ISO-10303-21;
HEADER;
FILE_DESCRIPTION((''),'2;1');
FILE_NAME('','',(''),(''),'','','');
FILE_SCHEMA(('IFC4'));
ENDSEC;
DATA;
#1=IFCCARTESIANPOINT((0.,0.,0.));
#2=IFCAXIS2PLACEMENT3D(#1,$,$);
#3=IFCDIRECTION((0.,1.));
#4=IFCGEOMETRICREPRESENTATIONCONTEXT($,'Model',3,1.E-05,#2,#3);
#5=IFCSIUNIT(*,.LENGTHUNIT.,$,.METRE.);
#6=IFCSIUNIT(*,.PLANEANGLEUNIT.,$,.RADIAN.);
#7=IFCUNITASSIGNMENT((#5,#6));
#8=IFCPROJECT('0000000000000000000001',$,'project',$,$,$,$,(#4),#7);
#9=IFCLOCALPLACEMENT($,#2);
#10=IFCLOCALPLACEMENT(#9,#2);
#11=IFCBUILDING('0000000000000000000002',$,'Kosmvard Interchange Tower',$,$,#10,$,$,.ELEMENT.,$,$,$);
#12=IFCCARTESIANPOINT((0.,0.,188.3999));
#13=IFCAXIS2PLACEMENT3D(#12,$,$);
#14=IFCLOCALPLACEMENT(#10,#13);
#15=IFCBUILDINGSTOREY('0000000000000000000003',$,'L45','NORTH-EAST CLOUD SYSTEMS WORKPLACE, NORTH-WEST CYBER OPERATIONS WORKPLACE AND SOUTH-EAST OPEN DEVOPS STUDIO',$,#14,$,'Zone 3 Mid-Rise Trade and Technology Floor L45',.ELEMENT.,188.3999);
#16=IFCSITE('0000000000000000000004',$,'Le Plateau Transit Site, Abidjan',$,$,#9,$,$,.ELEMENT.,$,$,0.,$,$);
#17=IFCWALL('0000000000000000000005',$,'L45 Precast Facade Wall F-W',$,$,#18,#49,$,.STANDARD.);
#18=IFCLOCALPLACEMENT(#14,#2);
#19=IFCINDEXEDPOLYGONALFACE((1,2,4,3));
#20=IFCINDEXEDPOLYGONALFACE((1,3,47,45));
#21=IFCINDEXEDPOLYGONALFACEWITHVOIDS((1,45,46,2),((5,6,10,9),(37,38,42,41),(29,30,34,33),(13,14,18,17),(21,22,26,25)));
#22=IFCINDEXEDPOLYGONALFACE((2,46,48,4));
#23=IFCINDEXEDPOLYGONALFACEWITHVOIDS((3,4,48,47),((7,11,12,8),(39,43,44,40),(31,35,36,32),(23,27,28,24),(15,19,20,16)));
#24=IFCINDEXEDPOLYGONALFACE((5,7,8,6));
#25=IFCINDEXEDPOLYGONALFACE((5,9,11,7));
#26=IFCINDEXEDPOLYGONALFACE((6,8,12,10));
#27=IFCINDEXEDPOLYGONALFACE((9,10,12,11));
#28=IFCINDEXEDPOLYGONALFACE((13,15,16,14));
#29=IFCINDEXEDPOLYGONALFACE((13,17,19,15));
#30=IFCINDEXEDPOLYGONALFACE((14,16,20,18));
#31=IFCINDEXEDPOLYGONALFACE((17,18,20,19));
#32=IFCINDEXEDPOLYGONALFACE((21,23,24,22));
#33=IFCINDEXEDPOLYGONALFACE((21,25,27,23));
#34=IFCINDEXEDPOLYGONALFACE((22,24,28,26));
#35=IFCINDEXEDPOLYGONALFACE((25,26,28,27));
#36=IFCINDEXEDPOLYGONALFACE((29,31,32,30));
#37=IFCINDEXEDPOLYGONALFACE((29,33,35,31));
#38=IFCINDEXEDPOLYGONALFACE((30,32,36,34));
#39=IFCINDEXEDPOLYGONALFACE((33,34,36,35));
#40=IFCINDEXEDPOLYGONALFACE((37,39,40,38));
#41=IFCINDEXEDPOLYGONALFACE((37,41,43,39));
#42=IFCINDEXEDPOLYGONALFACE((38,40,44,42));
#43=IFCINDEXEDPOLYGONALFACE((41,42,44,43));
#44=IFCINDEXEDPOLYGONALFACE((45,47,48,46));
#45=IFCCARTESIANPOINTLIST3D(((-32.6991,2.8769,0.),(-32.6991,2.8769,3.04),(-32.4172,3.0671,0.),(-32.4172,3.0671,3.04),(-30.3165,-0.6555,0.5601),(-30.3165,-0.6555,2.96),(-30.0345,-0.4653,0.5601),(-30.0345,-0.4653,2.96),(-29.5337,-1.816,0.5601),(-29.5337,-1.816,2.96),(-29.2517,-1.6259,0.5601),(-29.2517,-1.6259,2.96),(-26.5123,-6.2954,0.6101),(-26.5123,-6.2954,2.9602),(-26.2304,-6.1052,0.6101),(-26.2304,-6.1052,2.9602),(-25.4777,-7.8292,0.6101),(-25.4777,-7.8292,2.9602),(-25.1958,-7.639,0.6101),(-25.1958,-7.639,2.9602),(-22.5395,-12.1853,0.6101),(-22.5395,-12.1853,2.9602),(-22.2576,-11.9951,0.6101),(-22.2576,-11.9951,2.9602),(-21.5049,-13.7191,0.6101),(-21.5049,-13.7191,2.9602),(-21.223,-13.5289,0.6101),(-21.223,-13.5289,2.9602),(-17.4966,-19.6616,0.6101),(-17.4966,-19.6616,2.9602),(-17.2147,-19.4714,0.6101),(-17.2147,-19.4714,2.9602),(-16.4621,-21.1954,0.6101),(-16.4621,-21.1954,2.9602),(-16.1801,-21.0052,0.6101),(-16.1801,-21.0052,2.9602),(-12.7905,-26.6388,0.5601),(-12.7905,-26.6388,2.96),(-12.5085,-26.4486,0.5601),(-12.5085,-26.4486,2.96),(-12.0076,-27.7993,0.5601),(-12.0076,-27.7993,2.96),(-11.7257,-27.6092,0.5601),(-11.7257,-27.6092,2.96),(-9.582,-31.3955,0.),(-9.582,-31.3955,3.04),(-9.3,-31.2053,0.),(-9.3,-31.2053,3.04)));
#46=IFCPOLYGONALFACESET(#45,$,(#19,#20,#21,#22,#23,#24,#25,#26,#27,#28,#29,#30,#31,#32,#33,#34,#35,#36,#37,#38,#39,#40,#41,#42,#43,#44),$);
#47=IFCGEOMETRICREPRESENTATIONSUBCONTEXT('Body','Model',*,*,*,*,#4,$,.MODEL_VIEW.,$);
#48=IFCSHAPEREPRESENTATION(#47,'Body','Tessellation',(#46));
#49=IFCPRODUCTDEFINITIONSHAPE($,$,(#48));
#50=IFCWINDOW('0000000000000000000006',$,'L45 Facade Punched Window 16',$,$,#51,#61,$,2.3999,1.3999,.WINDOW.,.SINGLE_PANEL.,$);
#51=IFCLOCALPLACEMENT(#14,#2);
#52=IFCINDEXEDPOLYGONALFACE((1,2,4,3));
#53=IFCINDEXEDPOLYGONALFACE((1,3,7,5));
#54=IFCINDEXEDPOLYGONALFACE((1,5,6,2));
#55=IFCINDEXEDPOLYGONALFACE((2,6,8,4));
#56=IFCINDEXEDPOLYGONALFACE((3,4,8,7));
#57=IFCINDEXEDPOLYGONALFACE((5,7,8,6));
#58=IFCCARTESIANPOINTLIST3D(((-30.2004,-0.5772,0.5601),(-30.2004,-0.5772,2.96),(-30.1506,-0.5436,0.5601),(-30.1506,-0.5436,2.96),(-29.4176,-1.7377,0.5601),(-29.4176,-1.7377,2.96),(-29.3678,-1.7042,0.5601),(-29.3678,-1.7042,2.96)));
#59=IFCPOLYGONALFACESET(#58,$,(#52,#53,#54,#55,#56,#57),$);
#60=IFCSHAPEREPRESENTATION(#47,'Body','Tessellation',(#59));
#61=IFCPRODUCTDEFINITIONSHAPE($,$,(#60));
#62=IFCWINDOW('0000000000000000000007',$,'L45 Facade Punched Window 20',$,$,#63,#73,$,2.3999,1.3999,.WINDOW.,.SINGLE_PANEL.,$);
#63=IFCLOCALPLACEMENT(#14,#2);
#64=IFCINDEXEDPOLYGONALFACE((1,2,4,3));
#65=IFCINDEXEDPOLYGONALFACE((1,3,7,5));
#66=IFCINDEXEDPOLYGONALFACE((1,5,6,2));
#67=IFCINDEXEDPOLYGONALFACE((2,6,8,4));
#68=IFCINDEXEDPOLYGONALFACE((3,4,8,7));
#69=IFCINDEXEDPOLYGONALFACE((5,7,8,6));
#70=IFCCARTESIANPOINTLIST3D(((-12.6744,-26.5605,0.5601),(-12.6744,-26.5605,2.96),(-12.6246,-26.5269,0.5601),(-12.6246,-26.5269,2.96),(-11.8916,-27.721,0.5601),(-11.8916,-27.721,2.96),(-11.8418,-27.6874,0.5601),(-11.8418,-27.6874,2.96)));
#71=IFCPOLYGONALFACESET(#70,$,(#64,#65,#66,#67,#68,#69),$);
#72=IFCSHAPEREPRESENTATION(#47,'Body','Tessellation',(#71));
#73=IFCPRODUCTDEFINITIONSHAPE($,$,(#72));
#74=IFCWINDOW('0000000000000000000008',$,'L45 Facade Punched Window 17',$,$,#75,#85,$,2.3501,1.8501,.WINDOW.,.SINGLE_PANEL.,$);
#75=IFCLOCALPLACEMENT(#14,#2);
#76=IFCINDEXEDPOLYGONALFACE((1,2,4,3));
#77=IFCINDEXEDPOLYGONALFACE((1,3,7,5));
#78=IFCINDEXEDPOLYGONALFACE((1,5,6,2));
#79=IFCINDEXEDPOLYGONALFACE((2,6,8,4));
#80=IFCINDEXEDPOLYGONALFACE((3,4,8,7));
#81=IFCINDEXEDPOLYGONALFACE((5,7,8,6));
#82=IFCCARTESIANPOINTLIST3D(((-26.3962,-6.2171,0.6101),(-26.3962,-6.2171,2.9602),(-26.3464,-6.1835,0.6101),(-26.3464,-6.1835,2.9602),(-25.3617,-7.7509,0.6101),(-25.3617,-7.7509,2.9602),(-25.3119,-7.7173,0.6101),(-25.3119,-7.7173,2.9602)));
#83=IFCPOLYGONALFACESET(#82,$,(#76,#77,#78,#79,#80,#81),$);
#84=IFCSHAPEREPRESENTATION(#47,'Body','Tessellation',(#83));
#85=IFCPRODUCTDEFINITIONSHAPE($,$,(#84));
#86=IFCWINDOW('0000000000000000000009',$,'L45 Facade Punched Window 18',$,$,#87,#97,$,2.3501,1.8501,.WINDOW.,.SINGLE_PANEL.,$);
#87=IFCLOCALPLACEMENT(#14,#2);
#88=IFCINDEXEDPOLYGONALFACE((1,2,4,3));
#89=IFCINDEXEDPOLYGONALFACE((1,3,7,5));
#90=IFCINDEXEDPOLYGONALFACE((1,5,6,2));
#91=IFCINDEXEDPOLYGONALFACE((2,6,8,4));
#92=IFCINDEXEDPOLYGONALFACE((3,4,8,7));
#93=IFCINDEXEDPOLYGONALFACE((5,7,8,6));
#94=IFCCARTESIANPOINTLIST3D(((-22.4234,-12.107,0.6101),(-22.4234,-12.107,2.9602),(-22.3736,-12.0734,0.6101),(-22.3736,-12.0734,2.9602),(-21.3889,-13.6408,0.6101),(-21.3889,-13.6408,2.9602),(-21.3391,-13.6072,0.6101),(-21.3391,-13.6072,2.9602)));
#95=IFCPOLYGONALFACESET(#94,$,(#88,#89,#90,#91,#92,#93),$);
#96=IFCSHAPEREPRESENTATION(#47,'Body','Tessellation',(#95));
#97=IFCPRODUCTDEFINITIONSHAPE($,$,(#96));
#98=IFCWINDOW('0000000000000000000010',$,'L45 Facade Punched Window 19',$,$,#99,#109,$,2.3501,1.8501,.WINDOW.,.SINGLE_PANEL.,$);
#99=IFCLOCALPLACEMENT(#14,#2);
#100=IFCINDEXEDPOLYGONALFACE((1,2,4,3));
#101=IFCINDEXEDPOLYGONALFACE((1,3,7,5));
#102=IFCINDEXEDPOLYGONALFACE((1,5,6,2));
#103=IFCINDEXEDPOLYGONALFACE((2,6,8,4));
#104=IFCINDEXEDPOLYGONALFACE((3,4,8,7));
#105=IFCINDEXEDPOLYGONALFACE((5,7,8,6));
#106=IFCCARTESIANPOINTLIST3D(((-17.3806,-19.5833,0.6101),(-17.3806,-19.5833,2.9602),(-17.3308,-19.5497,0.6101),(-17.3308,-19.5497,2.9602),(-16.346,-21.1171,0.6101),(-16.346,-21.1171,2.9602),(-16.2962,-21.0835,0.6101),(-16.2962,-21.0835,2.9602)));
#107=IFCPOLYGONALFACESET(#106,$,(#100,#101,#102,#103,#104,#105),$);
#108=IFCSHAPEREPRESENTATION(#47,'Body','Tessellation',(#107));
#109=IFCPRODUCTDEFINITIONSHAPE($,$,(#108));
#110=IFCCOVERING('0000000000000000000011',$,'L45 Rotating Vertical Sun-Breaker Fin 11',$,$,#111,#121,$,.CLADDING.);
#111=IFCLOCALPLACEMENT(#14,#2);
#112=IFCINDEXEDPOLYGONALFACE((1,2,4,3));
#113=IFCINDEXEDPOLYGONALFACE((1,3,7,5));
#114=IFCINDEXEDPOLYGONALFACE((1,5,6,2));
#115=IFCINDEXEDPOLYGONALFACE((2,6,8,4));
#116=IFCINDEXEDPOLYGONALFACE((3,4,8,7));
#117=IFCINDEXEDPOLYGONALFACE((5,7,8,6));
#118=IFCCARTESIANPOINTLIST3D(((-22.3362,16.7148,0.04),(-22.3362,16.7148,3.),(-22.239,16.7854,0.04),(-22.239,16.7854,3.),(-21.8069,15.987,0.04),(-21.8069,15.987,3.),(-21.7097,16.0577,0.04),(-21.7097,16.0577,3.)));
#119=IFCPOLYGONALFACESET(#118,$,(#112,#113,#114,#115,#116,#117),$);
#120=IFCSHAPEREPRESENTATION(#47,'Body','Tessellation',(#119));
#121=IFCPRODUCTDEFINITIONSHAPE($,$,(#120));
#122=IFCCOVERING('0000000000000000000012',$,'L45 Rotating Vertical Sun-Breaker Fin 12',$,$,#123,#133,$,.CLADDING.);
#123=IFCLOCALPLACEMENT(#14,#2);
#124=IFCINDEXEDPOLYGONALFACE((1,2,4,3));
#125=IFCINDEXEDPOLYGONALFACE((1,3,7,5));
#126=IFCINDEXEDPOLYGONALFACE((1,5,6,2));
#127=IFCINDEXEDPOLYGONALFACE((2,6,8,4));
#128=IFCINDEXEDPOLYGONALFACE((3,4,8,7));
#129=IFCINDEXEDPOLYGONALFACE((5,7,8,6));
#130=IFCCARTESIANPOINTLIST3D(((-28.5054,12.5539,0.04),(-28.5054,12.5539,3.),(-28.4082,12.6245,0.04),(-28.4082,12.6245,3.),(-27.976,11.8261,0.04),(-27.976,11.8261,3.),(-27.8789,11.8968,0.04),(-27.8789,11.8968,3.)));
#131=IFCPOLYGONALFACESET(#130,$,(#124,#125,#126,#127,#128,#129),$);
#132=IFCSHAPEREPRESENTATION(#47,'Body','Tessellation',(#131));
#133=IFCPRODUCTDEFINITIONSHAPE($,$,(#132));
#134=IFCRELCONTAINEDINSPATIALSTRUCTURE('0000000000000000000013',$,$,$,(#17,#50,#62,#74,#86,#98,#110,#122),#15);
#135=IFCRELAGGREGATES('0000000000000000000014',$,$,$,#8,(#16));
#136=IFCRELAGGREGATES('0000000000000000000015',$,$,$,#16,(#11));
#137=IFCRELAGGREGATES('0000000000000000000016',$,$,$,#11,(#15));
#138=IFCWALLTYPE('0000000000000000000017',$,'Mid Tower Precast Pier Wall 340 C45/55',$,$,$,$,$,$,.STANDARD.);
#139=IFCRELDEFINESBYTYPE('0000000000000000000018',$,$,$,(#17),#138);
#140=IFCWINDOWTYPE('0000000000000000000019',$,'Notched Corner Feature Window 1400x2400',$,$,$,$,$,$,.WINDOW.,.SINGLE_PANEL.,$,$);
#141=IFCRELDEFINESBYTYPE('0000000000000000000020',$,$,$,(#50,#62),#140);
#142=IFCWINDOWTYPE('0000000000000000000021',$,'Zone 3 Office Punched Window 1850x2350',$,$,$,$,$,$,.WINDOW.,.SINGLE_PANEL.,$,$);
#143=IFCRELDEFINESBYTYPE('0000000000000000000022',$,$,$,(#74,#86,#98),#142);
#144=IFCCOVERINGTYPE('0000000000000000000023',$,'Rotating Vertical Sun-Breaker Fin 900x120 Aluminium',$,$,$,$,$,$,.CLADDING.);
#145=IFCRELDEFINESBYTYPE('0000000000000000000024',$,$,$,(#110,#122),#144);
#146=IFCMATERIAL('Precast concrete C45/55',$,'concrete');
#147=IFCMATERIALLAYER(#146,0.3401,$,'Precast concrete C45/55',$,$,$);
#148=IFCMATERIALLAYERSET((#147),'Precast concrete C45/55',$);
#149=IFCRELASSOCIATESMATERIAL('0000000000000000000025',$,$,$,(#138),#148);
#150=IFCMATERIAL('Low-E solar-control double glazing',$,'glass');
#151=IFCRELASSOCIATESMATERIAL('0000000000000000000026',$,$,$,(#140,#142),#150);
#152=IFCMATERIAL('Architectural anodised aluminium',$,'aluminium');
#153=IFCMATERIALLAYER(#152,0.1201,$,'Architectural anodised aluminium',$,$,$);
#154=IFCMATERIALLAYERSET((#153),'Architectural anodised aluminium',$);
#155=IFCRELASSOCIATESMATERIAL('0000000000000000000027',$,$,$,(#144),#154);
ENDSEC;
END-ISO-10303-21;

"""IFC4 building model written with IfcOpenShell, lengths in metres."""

from ifc_helpers import new_model, si_unit, direction, frame, frame_2d, origin, origin_2d, place, context, subcontext, project, spatial, rectangle, extrude, source, transform, mapped, material, layer, layer_set, type_object, element, fill, save


model = new_model("IFC4")

# Units and contexts
model_context = context("Model", 3, precision=1e-05, world=origin(), true_north=direction((0.0, 1.0)))
body_context = subcontext(model_context, "Body", "Model", "MODEL_VIEW")
ifc_project = project(units=[si_unit("LENGTHUNIT", "METRE"), si_unit("PLANEANGLEUNIT", "RADIAN")], contexts=[model_context])

# Site, building, storey
site_placement = place(None, origin())
site = spatial("IfcSite", under=ifc_project, at=site_placement, Name="Le Plateau Transit Site, Abidjan", CompositionType="ELEMENT", RefElevation=0.0)
building_placement = place(site_placement, origin())
building = spatial("IfcBuilding", under=site, at=building_placement, Name="Kosmvard Interchange Tower", CompositionType="ELEMENT")
storey_placement = place(building_placement, frame((0.0, 0.0, 188.3999)))
storey = spatial("IfcBuildingStorey", under=building, at=storey_placement, Name="L45", Description="NORTH-EAST CLOUD SYSTEMS WORKPLACE, NORTH-WEST CYBER OPERATIONS WORKPLACE AND SOUTH-EAST OPEN DEVOPS STUDIO", LongName="Zone 3 Mid-Rise Trade and Technology Floor L45", CompositionType="ELEMENT", Elevation=188.3999)

# Shared definitions
ifc_material_1 = material(Name="Precast concrete C45/55", Category="concrete")

# Shared definitions
ifc_layer_1 = layer(ifc_material_1, 0.3401, Name="Precast concrete C45/55")
ifc_layer_set_1 = layer_set([ifc_layer_1], Name="Precast concrete C45/55")
wall_type_1 = type_object("IfcWallType", Name="Mid Tower Precast Pier Wall 340 C45/55", PredefinedType="STANDARD", material=ifc_layer_set_1)

# Wall, openings, windows
wall_1_placement = place(storey_placement, frame((-32.5581, 2.9719, 0.0), z_axis=(0.0, 0.0, 1.0), x_axis=(0.559195, -0.829036, 0.0)))
wall_1 = element("IfcWall", 1, at=wall_1_placement, inside=storey, type_object=wall_type_1, Name="L45 Precast Facade Wall F-W", PredefinedType="STANDARD", context=body_context, shape_type="SweptSolid", body=[
    extrude(rectangle(XDim=41.3401, YDim=0.3401, at=frame_2d((20.6699, 0.0))), origin(), (0.0, 0.0, 1.0), 3.04),
])
opening_1_placement = place(wall_1_placement, frame((4.2607, 0.0, 0.5601)))
opening_1 = element("IfcOpeningElement", 2, at=opening_1_placement, cuts=wall_1, PredefinedType="OPENING", context=body_context, shape_type="SweptSolid", body=[
    extrude(rectangle(XDim=1.3999, YDim=2.3999, at=frame_2d((0.7, 1.2))), frame((0.0, 0.1802, 0.0), z_axis=(0.0, -1.0, 0.0), x_axis=(1.0, 0.0, 0.0)), (0.0, 0.0, 1.0), 0.3601),
])
opening_2_placement = place(wall_1_placement, frame((11.0637, 0.0, 0.6101)))
opening_2 = element("IfcOpeningElement", 3, at=opening_2_placement, cuts=wall_1, PredefinedType="OPENING", context=body_context, shape_type="SweptSolid", body=[
    extrude(rectangle(XDim=1.8501, YDim=2.3501, at=frame_2d((0.925, 1.175))), frame((0.0, 0.1802, 0.0), z_axis=(0.0, -1.0, 0.0), x_axis=(1.0, 0.0, 0.0)), (0.0, 0.0, 1.0), 0.3601),
])
opening_3_placement = place(wall_1_placement, frame((18.1682, 0.0, 0.6101)))
opening_3 = element("IfcOpeningElement", 4, at=opening_3_placement, cuts=wall_1, PredefinedType="OPENING", context=body_context, shape_type="SweptSolid", body=[
    extrude(rectangle(XDim=1.8501, YDim=2.3501, at=frame_2d((0.925, 1.175))), frame((0.0, 0.1802, 0.0), z_axis=(0.0, -1.0, 0.0), x_axis=(1.0, 0.0, 0.0)), (0.0, 0.0, 1.0), 0.3601),
])
opening_4_placement = place(wall_1_placement, frame((27.1863, 0.0, 0.6101)))
opening_4 = element("IfcOpeningElement", 5, at=opening_4_placement, cuts=wall_1, PredefinedType="OPENING", context=body_context, shape_type="SweptSolid", body=[
    extrude(rectangle(XDim=1.8501, YDim=2.3501, at=frame_2d((0.925, 1.175))), frame((0.0, 0.1802, 0.0), z_axis=(0.0, -1.0, 0.0), x_axis=(1.0, 0.0, 0.0)), (0.0, 0.0, 1.0), 0.3601),
])
opening_5_placement = place(wall_1_placement, frame((35.6023, 0.0, 0.5601)))
opening_5 = element("IfcOpeningElement", 6, at=opening_5_placement, cuts=wall_1, PredefinedType="OPENING", context=body_context, shape_type="SweptSolid", body=[
    extrude(rectangle(XDim=1.3999, YDim=2.3999, at=frame_2d((0.7, 1.2))), frame((0.0, 0.1802, 0.0), z_axis=(0.0, -1.0, 0.0), x_axis=(1.0, 0.0, 0.0)), (0.0, 0.0, 1.0), 0.3601),
])
ifc_material_2 = material(Name="Low-E solar-control double glazing", Category="glass")
window_type_1 = type_object("IfcWindowType", Name="Notched Corner Feature Window 1400x2400", PartitioningType="SINGLE_PANEL", PredefinedType="WINDOW", material=ifc_material_2)
shared_shape_1 = source(origin(), body_context, "Body", "SweptSolid", [
    extrude(rectangle(XDim=1.3999, YDim=2.3999, at=frame_2d((0.7, 1.2))), frame((0.0, 0.03, 0.0), z_axis=(0.0, -1.0, 0.0), x_axis=(1.0, 0.0, 0.0)), (0.0, 0.0, 1.0), 0.0601),
])
window_1_placement = place(opening_1_placement, origin())
window_1 = element("IfcWindow", 7, at=window_1_placement, inside=storey, type_object=window_type_1, Name="L45 Facade Punched Window 16", OverallHeight=2.3999, OverallWidth=1.3999, PartitioningType="SINGLE_PANEL", PredefinedType="WINDOW", context=body_context, shape_type="MappedRepresentation", body=[
    mapped(shared_shape_1, transform((0.0, 0.0, 0.0), scale=1.0)),
])
fill(opening_1, window_1)
window_2_placement = place(opening_5_placement, origin())
window_2 = element("IfcWindow", 8, at=window_2_placement, inside=storey, type_object=window_type_1, Name="L45 Facade Punched Window 20", OverallHeight=2.3999, OverallWidth=1.3999, PartitioningType="SINGLE_PANEL", PredefinedType="WINDOW", context=body_context, shape_type="MappedRepresentation", body=[
    mapped(shared_shape_1, transform((0.0, 0.0, 0.0), scale=1.0)),
])
fill(opening_5, window_2)
window_type_2 = type_object("IfcWindowType", Name="Zone 3 Office Punched Window 1850x2350", PartitioningType="SINGLE_PANEL", PredefinedType="WINDOW", material=ifc_material_2)
shared_shape_2 = source(origin(), body_context, "Body", "SweptSolid", [
    extrude(rectangle(XDim=1.8501, YDim=2.3501, at=frame_2d((0.925, 1.175))), frame((0.0, 0.03, 0.0), z_axis=(0.0, -1.0, 0.0), x_axis=(1.0, 0.0, 0.0)), (0.0, 0.0, 1.0), 0.0601),
])
window_3_placement = place(opening_2_placement, origin())
window_3 = element("IfcWindow", 9, at=window_3_placement, inside=storey, type_object=window_type_2, Name="L45 Facade Punched Window 17", OverallHeight=2.3501, OverallWidth=1.8501, PartitioningType="SINGLE_PANEL", PredefinedType="WINDOW", context=body_context, shape_type="MappedRepresentation", body=[
    mapped(shared_shape_2, transform((0.0, 0.0, 0.0), scale=1.0)),
])
fill(opening_2, window_3)
window_4_placement = place(opening_3_placement, origin())
window_4 = element("IfcWindow", 10, at=window_4_placement, inside=storey, type_object=window_type_2, Name="L45 Facade Punched Window 18", OverallHeight=2.3501, OverallWidth=1.8501, PartitioningType="SINGLE_PANEL", PredefinedType="WINDOW", context=body_context, shape_type="MappedRepresentation", body=[
    mapped(shared_shape_2, transform((0.0, 0.0, 0.0), scale=1.0)),
])
fill(opening_3, window_4)
window_5_placement = place(opening_4_placement, origin())
window_5 = element("IfcWindow", 11, at=window_5_placement, inside=storey, type_object=window_type_2, Name="L45 Facade Punched Window 19", OverallHeight=2.3501, OverallWidth=1.8501, PartitioningType="SINGLE_PANEL", PredefinedType="WINDOW", context=body_context, shape_type="MappedRepresentation", body=[
    mapped(shared_shape_2, transform((0.0, 0.0, 0.0), scale=1.0)),
])
fill(opening_4, window_5)

# Coverings
ifc_material_3 = material(Name="Architectural anodised aluminium", Category="aluminium")
ifc_layer_2 = layer(ifc_material_3, 0.1201, Name="Architectural anodised aluminium")
ifc_layer_set_2 = layer_set([ifc_layer_2], Name="Architectural anodised aluminium")
covering_type = type_object("IfcCoveringType", Name="Rotating Vertical Sun-Breaker Fin 900x120 Aluminium", PredefinedType="CLADDING", material=ifc_layer_set_2)
shared_shape_3 = source(origin(), body_context, "Body", "SweptSolid", [
    extrude(rectangle(XDim=0.8999, YDim=0.1201, at=origin_2d()), origin(), (0.0, 0.0, 1.0), 2.96),
])
for number, where, z_axis, x_axis, name in (
    (12, (-22.0229, 16.3862, 0.04), (0.0, 0.0, 1.0), (-0.588209, 0.808709, 0.0), "L45 Rotating Vertical Sun-Breaker Fin 11"),
    (13, (-28.1921, 12.2253, 0.04), (0.0, 0.0, 1.0), (-0.588209, 0.808709, 0.0), "L45 Rotating Vertical Sun-Breaker Fin 12"),
):
    element("IfcCovering", number, at=place(storey_placement, frame(where, z_axis=z_axis, x_axis=x_axis)), inside=storey, type_object=covering_type, Name=name, PredefinedType="CLADDING", context=body_context, shape_type="MappedRepresentation", body=[
        mapped(shared_shape_3, transform((0.0, 0.0, 0.0), scale=1.0)),
    ])

save(model, "model.ifc")
